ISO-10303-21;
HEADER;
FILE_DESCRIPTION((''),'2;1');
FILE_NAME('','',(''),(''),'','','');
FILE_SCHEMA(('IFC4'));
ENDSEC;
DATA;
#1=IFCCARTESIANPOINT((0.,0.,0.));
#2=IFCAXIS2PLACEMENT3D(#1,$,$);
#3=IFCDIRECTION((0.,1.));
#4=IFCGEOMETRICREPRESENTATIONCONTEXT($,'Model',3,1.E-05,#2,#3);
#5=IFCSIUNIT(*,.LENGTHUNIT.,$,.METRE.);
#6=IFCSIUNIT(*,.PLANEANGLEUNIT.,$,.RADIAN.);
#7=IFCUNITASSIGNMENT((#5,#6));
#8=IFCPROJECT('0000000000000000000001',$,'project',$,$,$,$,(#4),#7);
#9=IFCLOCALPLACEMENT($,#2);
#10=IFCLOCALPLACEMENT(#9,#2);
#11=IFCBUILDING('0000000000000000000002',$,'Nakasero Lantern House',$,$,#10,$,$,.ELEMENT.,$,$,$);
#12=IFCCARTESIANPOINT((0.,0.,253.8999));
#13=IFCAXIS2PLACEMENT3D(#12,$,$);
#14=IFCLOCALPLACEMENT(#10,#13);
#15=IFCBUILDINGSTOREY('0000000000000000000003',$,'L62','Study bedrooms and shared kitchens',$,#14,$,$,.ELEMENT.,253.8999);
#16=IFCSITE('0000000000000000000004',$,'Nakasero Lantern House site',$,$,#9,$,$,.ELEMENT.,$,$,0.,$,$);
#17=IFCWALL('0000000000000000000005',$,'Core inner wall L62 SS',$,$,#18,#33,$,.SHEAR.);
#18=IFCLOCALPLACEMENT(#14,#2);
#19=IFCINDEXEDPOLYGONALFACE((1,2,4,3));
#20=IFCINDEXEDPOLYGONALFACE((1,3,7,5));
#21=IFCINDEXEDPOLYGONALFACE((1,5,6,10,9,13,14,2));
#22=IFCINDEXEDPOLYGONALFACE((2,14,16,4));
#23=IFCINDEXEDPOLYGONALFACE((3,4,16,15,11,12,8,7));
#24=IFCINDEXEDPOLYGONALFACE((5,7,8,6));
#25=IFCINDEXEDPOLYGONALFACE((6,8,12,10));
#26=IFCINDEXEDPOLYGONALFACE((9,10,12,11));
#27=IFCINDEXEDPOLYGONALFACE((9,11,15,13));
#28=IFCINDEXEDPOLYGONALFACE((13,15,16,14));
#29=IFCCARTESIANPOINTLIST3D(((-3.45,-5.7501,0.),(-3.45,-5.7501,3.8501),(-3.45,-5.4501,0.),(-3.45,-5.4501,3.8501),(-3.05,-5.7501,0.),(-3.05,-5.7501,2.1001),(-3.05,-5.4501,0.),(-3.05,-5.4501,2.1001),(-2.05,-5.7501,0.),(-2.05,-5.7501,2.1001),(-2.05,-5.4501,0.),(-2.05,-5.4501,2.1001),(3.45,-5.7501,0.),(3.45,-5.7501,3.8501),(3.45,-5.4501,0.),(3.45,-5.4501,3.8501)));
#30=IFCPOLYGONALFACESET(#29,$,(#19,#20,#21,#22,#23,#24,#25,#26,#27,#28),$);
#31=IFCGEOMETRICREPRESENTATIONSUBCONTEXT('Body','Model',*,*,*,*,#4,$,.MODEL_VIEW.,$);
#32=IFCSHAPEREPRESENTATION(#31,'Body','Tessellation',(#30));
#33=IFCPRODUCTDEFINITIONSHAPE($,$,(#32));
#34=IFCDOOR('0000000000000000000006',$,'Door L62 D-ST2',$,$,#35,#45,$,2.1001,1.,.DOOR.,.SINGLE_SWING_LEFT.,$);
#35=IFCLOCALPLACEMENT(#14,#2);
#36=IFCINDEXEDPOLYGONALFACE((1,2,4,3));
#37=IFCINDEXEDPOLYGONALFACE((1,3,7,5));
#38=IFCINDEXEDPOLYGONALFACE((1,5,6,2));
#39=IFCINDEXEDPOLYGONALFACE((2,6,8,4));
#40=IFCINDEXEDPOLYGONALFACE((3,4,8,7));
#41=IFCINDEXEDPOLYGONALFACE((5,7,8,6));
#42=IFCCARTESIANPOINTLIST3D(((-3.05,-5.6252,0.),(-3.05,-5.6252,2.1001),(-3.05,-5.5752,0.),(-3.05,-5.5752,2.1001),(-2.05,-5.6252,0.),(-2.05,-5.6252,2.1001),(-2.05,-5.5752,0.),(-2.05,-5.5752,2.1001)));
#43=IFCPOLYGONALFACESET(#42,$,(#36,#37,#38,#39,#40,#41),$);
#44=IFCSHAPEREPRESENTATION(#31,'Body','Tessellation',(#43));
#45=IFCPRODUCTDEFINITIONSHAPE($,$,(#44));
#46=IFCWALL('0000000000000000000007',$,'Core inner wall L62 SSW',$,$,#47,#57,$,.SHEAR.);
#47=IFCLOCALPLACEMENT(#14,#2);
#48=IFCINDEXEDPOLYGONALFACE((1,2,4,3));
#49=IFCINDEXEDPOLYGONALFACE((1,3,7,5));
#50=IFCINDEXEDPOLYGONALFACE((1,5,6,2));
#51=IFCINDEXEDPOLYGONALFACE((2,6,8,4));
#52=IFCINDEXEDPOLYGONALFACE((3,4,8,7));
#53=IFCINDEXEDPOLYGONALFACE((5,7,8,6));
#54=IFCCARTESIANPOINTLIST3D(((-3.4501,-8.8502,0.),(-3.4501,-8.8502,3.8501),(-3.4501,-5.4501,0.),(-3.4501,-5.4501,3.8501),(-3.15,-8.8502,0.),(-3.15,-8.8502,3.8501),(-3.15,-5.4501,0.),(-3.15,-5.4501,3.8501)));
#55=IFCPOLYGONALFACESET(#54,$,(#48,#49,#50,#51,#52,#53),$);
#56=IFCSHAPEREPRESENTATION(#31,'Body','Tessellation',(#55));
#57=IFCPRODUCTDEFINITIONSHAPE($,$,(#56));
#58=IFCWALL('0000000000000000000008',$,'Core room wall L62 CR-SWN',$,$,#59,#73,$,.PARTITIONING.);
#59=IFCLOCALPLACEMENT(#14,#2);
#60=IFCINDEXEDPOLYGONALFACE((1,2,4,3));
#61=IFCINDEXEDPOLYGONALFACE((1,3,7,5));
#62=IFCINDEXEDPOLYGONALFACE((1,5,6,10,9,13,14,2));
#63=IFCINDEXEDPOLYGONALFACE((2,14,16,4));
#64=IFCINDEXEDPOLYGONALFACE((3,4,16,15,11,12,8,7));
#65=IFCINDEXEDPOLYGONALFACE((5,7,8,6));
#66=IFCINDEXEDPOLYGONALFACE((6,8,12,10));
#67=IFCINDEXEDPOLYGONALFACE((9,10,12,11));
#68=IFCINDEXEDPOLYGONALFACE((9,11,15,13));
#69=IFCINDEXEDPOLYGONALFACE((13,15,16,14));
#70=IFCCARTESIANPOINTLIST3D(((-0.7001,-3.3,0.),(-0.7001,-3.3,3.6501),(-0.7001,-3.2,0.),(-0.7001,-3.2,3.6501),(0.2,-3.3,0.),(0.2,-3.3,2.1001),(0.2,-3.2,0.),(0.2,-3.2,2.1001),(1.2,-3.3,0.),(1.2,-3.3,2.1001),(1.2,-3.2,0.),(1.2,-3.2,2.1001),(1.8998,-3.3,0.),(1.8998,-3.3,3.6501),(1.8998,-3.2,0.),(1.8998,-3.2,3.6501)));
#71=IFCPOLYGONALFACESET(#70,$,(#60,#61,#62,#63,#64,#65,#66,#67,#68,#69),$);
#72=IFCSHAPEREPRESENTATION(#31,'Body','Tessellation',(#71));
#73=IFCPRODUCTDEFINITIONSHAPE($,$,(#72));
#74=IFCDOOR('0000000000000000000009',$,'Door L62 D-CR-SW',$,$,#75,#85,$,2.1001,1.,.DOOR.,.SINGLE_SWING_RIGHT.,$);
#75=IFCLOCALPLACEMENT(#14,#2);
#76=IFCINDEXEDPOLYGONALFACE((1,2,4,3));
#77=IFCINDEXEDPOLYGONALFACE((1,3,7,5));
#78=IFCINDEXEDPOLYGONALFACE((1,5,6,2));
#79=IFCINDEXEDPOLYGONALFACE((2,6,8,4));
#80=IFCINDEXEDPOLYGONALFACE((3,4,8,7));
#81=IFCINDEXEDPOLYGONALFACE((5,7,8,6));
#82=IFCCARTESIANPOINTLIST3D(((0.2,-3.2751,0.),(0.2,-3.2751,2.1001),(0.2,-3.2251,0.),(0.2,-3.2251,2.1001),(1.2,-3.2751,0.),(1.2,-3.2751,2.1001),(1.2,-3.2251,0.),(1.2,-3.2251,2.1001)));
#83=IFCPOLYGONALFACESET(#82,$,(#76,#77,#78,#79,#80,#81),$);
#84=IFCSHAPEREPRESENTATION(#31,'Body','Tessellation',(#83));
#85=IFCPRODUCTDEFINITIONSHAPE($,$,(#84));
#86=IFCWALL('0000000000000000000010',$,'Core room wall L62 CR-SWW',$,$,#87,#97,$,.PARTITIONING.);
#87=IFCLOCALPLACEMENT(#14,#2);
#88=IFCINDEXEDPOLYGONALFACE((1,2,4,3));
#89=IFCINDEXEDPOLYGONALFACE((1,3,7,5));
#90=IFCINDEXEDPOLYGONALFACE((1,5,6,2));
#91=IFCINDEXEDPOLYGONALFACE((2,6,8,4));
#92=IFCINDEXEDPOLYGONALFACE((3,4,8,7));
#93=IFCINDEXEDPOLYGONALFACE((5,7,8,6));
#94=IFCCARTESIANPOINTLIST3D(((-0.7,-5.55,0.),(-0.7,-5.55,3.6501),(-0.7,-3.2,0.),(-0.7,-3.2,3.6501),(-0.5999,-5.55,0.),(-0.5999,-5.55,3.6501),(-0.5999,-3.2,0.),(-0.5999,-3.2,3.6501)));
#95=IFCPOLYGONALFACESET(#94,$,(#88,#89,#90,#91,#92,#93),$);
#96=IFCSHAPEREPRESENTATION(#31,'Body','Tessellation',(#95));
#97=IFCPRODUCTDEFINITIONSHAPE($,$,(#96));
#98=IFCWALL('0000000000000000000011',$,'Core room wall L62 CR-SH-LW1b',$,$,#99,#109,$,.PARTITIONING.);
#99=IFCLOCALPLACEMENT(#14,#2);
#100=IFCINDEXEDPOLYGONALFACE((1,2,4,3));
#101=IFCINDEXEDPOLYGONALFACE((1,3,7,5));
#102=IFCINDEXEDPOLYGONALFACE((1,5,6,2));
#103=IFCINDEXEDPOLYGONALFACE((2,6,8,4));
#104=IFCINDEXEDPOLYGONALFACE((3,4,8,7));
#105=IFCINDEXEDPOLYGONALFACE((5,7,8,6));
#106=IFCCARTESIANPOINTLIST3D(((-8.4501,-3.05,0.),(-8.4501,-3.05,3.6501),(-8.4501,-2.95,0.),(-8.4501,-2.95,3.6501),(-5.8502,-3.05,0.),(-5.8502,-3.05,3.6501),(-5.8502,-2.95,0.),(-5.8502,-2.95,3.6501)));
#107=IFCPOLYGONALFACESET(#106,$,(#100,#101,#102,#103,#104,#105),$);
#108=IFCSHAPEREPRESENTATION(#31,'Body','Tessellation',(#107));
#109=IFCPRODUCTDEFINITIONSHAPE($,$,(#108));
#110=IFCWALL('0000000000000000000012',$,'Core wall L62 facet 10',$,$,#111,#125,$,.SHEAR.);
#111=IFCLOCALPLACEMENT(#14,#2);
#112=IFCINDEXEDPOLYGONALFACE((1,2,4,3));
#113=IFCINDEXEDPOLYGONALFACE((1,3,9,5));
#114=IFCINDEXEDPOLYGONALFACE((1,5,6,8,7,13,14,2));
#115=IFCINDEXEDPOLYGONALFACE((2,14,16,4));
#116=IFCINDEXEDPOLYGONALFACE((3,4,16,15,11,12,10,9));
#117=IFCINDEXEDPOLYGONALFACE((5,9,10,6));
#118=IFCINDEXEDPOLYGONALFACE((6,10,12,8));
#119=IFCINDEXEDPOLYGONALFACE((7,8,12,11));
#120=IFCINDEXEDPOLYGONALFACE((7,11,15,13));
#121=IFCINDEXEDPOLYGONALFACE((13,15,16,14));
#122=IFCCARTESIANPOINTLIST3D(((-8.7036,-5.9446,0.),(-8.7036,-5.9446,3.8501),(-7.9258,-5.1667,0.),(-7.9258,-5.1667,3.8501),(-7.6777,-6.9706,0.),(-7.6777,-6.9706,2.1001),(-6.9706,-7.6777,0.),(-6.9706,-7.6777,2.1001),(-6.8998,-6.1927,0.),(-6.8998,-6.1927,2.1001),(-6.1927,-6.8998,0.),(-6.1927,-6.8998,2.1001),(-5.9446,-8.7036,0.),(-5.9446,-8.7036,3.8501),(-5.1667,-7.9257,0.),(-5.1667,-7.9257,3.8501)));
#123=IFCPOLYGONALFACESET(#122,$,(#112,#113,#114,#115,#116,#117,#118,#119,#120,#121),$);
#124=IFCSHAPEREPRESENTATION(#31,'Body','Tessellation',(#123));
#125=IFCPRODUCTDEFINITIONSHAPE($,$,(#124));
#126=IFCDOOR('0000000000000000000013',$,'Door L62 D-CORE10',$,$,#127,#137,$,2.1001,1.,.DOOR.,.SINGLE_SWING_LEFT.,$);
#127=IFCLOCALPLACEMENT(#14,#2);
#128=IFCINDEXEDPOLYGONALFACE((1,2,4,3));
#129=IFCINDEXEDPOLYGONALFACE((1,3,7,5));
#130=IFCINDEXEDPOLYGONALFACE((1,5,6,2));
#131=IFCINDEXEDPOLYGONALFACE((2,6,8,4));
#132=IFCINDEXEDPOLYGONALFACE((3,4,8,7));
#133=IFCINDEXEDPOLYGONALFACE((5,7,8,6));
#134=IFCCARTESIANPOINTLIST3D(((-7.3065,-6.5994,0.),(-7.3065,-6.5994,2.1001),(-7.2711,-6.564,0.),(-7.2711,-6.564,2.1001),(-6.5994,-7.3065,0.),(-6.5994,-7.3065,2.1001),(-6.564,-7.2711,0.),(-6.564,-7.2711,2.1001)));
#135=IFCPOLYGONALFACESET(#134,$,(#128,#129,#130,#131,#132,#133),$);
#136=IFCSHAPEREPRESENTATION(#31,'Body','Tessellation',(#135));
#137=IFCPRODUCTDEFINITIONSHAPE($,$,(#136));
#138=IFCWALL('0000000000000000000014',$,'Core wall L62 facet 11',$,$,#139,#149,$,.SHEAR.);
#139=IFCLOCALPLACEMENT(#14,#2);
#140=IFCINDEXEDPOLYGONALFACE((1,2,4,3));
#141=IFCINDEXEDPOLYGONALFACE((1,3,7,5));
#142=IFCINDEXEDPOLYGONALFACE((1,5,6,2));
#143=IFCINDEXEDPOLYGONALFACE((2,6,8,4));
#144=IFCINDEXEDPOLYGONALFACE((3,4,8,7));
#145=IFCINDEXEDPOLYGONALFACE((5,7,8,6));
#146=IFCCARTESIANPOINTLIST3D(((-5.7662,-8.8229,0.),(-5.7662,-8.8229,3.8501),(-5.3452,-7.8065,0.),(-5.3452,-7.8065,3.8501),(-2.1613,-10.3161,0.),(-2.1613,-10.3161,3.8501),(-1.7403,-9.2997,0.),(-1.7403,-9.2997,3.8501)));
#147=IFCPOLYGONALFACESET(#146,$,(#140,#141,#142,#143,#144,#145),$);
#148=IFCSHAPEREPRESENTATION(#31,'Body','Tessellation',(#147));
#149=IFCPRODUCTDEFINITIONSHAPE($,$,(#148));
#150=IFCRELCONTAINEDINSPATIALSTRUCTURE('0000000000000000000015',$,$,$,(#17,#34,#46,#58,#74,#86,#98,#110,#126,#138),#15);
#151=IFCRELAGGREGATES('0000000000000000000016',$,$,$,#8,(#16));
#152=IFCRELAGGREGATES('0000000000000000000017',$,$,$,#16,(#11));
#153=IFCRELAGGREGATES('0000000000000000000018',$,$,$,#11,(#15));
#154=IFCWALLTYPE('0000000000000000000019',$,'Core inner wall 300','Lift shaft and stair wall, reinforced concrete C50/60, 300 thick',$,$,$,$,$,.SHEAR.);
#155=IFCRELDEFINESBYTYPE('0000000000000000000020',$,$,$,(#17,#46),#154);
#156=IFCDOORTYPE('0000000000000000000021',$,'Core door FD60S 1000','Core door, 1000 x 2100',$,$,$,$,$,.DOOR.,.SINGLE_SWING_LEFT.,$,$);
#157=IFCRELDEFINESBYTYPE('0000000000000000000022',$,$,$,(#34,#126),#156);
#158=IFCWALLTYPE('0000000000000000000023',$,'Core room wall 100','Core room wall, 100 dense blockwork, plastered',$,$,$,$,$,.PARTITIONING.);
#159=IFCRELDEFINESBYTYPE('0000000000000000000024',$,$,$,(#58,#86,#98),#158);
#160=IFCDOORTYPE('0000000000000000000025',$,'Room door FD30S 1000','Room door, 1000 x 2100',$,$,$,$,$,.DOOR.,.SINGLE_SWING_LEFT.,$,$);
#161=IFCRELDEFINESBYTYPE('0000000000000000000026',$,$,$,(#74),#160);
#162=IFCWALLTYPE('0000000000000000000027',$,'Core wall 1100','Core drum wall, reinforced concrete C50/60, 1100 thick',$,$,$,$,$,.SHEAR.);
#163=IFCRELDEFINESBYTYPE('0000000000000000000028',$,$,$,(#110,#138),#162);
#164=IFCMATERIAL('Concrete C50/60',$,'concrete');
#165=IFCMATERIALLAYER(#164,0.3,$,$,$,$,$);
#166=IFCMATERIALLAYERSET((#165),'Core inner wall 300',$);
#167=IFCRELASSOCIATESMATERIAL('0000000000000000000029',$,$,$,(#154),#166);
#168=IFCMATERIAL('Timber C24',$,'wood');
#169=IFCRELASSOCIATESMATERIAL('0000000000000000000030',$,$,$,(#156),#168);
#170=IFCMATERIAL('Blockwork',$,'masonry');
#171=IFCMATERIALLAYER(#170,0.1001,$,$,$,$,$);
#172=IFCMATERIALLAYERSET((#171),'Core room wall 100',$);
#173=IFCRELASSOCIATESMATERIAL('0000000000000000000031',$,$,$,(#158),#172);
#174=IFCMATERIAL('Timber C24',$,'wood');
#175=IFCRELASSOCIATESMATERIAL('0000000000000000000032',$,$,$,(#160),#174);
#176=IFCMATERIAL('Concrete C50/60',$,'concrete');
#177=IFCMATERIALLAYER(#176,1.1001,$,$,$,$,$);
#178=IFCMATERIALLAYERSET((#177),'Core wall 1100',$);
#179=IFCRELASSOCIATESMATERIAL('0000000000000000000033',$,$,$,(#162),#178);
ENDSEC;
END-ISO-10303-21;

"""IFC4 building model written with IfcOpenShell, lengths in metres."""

from ifc_helpers import new_model, si_unit, direction, frame, frame_2d, origin, place, context, subcontext, project, spatial, rectangle, extrude, material, layer, layer_set, type_object, element, fill, save


model = new_model("IFC4")

# Units and contexts
model_context = context("Model", 3, precision=1e-05, world=origin(), true_north=direction((0.0, 1.0)))
body_context = subcontext(model_context, "Body", "Model", "MODEL_VIEW")
ifc_project = project(units=[si_unit("LENGTHUNIT", "METRE"), si_unit("PLANEANGLEUNIT", "RADIAN")], contexts=[model_context])

# Site, building, storey
site_placement = place(None, origin())
site = spatial("IfcSite", under=ifc_project, at=site_placement, Name="Nakasero Lantern House site", CompositionType="ELEMENT", RefElevation=0.0)
building_placement = place(site_placement, origin())
building = spatial("IfcBuilding", under=site, at=building_placement, Name="Nakasero Lantern House", CompositionType="ELEMENT")
storey_placement = place(building_placement, frame((0.0, 0.0, 253.8999)))
storey = spatial("IfcBuildingStorey", under=building, at=storey_placement, Name="L62", Description="Study bedrooms and shared kitchens", CompositionType="ELEMENT", Elevation=253.8999)

# Shared definitions
ifc_material_1 = material(Name="Concrete C50/60", Category="concrete")
ifc_layer_1 = layer(ifc_material_1, 0.3)
ifc_layer_set_1 = layer_set([ifc_layer_1], Name="Core inner wall 300")
wall_type_1 = type_object("IfcWallType", Name="Core inner wall 300", Description="Lift shaft and stair wall, reinforced concrete C50/60, 300 thick", PredefinedType="SHEAR", material=ifc_layer_set_1)

# Wall, opening, door
wall_1_placement = place(storey_placement, frame((-3.45, -5.6001, 0.0), z_axis=(0.0, 0.0, 1.0), x_axis=(1.0, 0.0, 0.0)))
wall_1 = element("IfcWall", 1, at=wall_1_placement, inside=storey, type_object=wall_type_1, Name="Core inner wall L62 SS", PredefinedType="SHEAR", context=body_context, shape_type="SweptSolid", body=[
    extrude(rectangle(XDim=6.8999, YDim=0.3, at=frame_2d((3.45, 0.0))), origin(), (0.0, 0.0, 1.0), 3.8501),
])
opening_1_placement = place(wall_1_placement, frame((0.3999, 0.0, 0.0)))
opening_1 = element("IfcOpeningElement", 2, at=opening_1_placement, cuts=wall_1, PredefinedType="OPENING", context=body_context, shape_type="SweptSolid", body=[
    extrude(rectangle(XDim=1.0, YDim=2.1001, at=frame_2d((0.5, 1.05))), frame((0.0, 0.1699, 0.0), z_axis=(0.0, -1.0, 0.0), x_axis=(1.0, 0.0, 0.0)), (0.0, 0.0, 1.0), 0.3401),
])
ifc_material_2 = material(Name="Timber C24", Category="wood")
door_type_1 = type_object("IfcDoorType", Name="Core door FD60S 1000", Description="Core door, 1000 x 2100", OperationType="SINGLE_SWING_LEFT", PredefinedType="DOOR", material=ifc_material_2)
door_1_placement = place(opening_1_placement, origin())
door_1 = element("IfcDoor", 3, at=door_1_placement, inside=storey, type_object=door_type_1, Name="Door L62 D-ST2", OperationType="SINGLE_SWING_LEFT", OverallHeight=2.1001, OverallWidth=1.0, PredefinedType="DOOR", context=body_context, shape_type="SweptSolid", body=[
    extrude(rectangle(XDim=1.0, YDim=2.1001, at=frame_2d((0.5, 1.05))), frame((0.0, 0.0249, 0.0), z_axis=(0.0, -1.0, 0.0), x_axis=(1.0, 0.0, 0.0)), (0.0, 0.0, 1.0), 0.05),
])
fill(opening_1, door_1)

# Wall
wall_2_placement = place(storey_placement, frame((-3.3, -5.45, 0.0), z_axis=(0.0, 0.0, 1.0), x_axis=(0.0, -1.0, 0.0)))
element("IfcWall", 4, at=wall_2_placement, inside=storey, type_object=wall_type_1, Name="Core inner wall L62 SSW", PredefinedType="SHEAR", context=body_context, shape_type="SweptSolid", body=[
    extrude(rectangle(XDim=3.4001, YDim=0.3, at=frame_2d((1.7002, 0.0))), origin(), (0.0, 0.0, 1.0), 3.8501),
])

# Wall, opening, door
ifc_material_3 = material(Name="Blockwork", Category="masonry")
ifc_layer_2 = layer(ifc_material_3, 0.1001)
ifc_layer_set_2 = layer_set([ifc_layer_2], Name="Core room wall 100")
wall_type_2 = type_object("IfcWallType", Name="Core room wall 100", Description="Core room wall, 100 dense blockwork, plastered", PredefinedType="PARTITIONING", material=ifc_layer_set_2)
wall_3_placement = place(storey_placement, frame((-0.7, -3.25, 0.0), z_axis=(0.0, 0.0, 1.0), x_axis=(1.0, 0.0, 0.0)))
wall_3 = element("IfcWall", 5, at=wall_3_placement, inside=storey, type_object=wall_type_2, Name="Core room wall L62 CR-SWN", PredefinedType="PARTITIONING", context=body_context, shape_type="SweptSolid", body=[
    extrude(rectangle(XDim=2.5999, YDim=0.1001, at=frame_2d((1.2998, 0.0))), origin(), (0.0, 0.0, 1.0), 3.6501),
])
opening_2_placement = place(wall_3_placement, frame((0.8999, 0.0, 0.0)))
opening_2 = element("IfcOpeningElement", 6, at=opening_2_placement, cuts=wall_3, PredefinedType="OPENING", context=body_context, shape_type="SweptSolid", body=[
    extrude(rectangle(XDim=1.0, YDim=2.1001, at=frame_2d((0.5, 1.05))), frame((0.0, 0.0701, 0.0), z_axis=(0.0, -1.0, 0.0), x_axis=(1.0, 0.0, 0.0)), (0.0, 0.0, 1.0), 0.1401),
])
ifc_material_4 = material(Name="Timber C24", Category="wood")
door_type_2 = type_object("IfcDoorType", Name="Room door FD30S 1000", Description="Room door, 1000 x 2100", OperationType="SINGLE_SWING_LEFT", PredefinedType="DOOR", material=ifc_material_4)
door_2_placement = place(opening_2_placement, origin())
door_2 = element("IfcDoor", 7, at=door_2_placement, inside=storey, type_object=door_type_2, Name="Door L62 D-CR-SW", OperationType="SINGLE_SWING_RIGHT", OverallHeight=2.1001, OverallWidth=1.0, PredefinedType="DOOR", context=body_context, shape_type="SweptSolid", body=[
    extrude(rectangle(XDim=1.0, YDim=2.1001, at=frame_2d((0.5, 1.05))), frame((0.0, 0.0249, 0.0), z_axis=(0.0, -1.0, 0.0), x_axis=(1.0, 0.0, 0.0)), (0.0, 0.0, 1.0), 0.05),
])
fill(opening_2, door_2)

# Walls
wall_4_placement = place(storey_placement, frame((-0.6499, -5.55, 0.0), z_axis=(0.0, 0.0, 1.0), x_axis=(0.0, 1.0, 0.0)))
element("IfcWall", 8, at=wall_4_placement, inside=storey, type_object=wall_type_2, Name="Core room wall L62 CR-SWW", PredefinedType="PARTITIONING", context=body_context, shape_type="SweptSolid", body=[
    extrude(rectangle(XDim=2.3501, YDim=0.1001, at=frame_2d((1.175, 0.0))), origin(), (0.0, 0.0, 1.0), 3.6501),
])
wall_5_placement = place(storey_placement, frame((-8.45, -3.0, 0.0), z_axis=(0.0, 0.0, 1.0), x_axis=(1.0, 0.0, 0.0)))
element("IfcWall", 9, at=wall_5_placement, inside=storey, type_object=wall_type_2, Name="Core room wall L62 CR-SH-LW1b", PredefinedType="PARTITIONING", context=body_context, shape_type="SweptSolid", body=[
    extrude(rectangle(XDim=2.5999, YDim=0.1001, at=frame_2d((1.2998, 0.0))), origin(), (0.0, 0.0, 1.0), 3.6501),
])

# Wall, opening, door
ifc_material_5 = material(Name="Concrete C50/60", Category="concrete")
ifc_layer_3 = layer(ifc_material_5, 1.1001)
ifc_layer_set_3 = layer_set([ifc_layer_3], Name="Core wall 1100")
wall_type_3 = type_object("IfcWallType", Name="Core wall 1100", Description="Core drum wall, reinforced concrete C50/60, 1100 thick", PredefinedType="SHEAR", material=ifc_layer_set_3)
wall_6_placement = place(storey_placement, frame((-8.3147, -5.5557, 0.0), z_axis=(0.0, 0.0, 1.0), x_axis=(0.707107, -0.707107, 0.0)))
wall_6 = element("IfcWall", 10, at=wall_6_placement, inside=storey, type_object=wall_type_3, Name="Core wall L62 facet 10", PredefinedType="SHEAR", context=body_context, shape_type="SweptSolid", body=[
    extrude(rectangle(XDim=3.9019, YDim=1.1001, at=frame_2d((1.9509, 0.0))), origin(), (0.0, 0.0, 1.0), 3.8501),
])
opening_3_placement = place(wall_6_placement, frame((1.4509, 0.0, 0.0)))
opening_3 = element("IfcOpeningElement", 11, at=opening_3_placement, cuts=wall_6, PredefinedType="OPENING", context=body_context, shape_type="SweptSolid", body=[
    extrude(rectangle(XDim=1.0, YDim=2.1001, at=frame_2d((0.5, 1.05))), frame((0.0, 0.5701, 0.0), z_axis=(0.0, -1.0, 0.0), x_axis=(1.0, 0.0, 0.0)), (0.0, 0.0, 1.0), 1.1401),
])
door_3_placement = place(opening_3_placement, origin())
door_3 = element("IfcDoor", 12, at=door_3_placement, inside=storey, type_object=door_type_1, Name="Door L62 D-CORE10", OperationType="SINGLE_SWING_LEFT", OverallHeight=2.1001, OverallWidth=1.0, PredefinedType="DOOR", context=body_context, shape_type="SweptSolid", body=[
    extrude(rectangle(XDim=1.0, YDim=2.1001, at=frame_2d((0.5, 1.05))), frame((0.0, 0.0249, 0.0), z_axis=(0.0, -1.0, 0.0), x_axis=(1.0, 0.0, 0.0)), (0.0, 0.0, 1.0), 0.05),
])
fill(opening_3, door_3)

# Wall
wall_7_placement = place(storey_placement, frame((-5.5557, -8.3147, 0.0), z_axis=(0.0, 0.0, 1.0), x_axis=(0.923877, -0.382691, 0.0)))
element("IfcWall", 13, at=wall_7_placement, inside=storey, type_object=wall_type_3, Name="Core wall L62 facet 11", PredefinedType="SHEAR", context=body_context, shape_type="SweptSolid", body=[
    extrude(rectangle(XDim=3.9019, YDim=1.1001, at=frame_2d((1.9509, 0.0))), origin(), (0.0, 0.0, 1.0), 3.8501),
])

save(model, "model.ifc")
